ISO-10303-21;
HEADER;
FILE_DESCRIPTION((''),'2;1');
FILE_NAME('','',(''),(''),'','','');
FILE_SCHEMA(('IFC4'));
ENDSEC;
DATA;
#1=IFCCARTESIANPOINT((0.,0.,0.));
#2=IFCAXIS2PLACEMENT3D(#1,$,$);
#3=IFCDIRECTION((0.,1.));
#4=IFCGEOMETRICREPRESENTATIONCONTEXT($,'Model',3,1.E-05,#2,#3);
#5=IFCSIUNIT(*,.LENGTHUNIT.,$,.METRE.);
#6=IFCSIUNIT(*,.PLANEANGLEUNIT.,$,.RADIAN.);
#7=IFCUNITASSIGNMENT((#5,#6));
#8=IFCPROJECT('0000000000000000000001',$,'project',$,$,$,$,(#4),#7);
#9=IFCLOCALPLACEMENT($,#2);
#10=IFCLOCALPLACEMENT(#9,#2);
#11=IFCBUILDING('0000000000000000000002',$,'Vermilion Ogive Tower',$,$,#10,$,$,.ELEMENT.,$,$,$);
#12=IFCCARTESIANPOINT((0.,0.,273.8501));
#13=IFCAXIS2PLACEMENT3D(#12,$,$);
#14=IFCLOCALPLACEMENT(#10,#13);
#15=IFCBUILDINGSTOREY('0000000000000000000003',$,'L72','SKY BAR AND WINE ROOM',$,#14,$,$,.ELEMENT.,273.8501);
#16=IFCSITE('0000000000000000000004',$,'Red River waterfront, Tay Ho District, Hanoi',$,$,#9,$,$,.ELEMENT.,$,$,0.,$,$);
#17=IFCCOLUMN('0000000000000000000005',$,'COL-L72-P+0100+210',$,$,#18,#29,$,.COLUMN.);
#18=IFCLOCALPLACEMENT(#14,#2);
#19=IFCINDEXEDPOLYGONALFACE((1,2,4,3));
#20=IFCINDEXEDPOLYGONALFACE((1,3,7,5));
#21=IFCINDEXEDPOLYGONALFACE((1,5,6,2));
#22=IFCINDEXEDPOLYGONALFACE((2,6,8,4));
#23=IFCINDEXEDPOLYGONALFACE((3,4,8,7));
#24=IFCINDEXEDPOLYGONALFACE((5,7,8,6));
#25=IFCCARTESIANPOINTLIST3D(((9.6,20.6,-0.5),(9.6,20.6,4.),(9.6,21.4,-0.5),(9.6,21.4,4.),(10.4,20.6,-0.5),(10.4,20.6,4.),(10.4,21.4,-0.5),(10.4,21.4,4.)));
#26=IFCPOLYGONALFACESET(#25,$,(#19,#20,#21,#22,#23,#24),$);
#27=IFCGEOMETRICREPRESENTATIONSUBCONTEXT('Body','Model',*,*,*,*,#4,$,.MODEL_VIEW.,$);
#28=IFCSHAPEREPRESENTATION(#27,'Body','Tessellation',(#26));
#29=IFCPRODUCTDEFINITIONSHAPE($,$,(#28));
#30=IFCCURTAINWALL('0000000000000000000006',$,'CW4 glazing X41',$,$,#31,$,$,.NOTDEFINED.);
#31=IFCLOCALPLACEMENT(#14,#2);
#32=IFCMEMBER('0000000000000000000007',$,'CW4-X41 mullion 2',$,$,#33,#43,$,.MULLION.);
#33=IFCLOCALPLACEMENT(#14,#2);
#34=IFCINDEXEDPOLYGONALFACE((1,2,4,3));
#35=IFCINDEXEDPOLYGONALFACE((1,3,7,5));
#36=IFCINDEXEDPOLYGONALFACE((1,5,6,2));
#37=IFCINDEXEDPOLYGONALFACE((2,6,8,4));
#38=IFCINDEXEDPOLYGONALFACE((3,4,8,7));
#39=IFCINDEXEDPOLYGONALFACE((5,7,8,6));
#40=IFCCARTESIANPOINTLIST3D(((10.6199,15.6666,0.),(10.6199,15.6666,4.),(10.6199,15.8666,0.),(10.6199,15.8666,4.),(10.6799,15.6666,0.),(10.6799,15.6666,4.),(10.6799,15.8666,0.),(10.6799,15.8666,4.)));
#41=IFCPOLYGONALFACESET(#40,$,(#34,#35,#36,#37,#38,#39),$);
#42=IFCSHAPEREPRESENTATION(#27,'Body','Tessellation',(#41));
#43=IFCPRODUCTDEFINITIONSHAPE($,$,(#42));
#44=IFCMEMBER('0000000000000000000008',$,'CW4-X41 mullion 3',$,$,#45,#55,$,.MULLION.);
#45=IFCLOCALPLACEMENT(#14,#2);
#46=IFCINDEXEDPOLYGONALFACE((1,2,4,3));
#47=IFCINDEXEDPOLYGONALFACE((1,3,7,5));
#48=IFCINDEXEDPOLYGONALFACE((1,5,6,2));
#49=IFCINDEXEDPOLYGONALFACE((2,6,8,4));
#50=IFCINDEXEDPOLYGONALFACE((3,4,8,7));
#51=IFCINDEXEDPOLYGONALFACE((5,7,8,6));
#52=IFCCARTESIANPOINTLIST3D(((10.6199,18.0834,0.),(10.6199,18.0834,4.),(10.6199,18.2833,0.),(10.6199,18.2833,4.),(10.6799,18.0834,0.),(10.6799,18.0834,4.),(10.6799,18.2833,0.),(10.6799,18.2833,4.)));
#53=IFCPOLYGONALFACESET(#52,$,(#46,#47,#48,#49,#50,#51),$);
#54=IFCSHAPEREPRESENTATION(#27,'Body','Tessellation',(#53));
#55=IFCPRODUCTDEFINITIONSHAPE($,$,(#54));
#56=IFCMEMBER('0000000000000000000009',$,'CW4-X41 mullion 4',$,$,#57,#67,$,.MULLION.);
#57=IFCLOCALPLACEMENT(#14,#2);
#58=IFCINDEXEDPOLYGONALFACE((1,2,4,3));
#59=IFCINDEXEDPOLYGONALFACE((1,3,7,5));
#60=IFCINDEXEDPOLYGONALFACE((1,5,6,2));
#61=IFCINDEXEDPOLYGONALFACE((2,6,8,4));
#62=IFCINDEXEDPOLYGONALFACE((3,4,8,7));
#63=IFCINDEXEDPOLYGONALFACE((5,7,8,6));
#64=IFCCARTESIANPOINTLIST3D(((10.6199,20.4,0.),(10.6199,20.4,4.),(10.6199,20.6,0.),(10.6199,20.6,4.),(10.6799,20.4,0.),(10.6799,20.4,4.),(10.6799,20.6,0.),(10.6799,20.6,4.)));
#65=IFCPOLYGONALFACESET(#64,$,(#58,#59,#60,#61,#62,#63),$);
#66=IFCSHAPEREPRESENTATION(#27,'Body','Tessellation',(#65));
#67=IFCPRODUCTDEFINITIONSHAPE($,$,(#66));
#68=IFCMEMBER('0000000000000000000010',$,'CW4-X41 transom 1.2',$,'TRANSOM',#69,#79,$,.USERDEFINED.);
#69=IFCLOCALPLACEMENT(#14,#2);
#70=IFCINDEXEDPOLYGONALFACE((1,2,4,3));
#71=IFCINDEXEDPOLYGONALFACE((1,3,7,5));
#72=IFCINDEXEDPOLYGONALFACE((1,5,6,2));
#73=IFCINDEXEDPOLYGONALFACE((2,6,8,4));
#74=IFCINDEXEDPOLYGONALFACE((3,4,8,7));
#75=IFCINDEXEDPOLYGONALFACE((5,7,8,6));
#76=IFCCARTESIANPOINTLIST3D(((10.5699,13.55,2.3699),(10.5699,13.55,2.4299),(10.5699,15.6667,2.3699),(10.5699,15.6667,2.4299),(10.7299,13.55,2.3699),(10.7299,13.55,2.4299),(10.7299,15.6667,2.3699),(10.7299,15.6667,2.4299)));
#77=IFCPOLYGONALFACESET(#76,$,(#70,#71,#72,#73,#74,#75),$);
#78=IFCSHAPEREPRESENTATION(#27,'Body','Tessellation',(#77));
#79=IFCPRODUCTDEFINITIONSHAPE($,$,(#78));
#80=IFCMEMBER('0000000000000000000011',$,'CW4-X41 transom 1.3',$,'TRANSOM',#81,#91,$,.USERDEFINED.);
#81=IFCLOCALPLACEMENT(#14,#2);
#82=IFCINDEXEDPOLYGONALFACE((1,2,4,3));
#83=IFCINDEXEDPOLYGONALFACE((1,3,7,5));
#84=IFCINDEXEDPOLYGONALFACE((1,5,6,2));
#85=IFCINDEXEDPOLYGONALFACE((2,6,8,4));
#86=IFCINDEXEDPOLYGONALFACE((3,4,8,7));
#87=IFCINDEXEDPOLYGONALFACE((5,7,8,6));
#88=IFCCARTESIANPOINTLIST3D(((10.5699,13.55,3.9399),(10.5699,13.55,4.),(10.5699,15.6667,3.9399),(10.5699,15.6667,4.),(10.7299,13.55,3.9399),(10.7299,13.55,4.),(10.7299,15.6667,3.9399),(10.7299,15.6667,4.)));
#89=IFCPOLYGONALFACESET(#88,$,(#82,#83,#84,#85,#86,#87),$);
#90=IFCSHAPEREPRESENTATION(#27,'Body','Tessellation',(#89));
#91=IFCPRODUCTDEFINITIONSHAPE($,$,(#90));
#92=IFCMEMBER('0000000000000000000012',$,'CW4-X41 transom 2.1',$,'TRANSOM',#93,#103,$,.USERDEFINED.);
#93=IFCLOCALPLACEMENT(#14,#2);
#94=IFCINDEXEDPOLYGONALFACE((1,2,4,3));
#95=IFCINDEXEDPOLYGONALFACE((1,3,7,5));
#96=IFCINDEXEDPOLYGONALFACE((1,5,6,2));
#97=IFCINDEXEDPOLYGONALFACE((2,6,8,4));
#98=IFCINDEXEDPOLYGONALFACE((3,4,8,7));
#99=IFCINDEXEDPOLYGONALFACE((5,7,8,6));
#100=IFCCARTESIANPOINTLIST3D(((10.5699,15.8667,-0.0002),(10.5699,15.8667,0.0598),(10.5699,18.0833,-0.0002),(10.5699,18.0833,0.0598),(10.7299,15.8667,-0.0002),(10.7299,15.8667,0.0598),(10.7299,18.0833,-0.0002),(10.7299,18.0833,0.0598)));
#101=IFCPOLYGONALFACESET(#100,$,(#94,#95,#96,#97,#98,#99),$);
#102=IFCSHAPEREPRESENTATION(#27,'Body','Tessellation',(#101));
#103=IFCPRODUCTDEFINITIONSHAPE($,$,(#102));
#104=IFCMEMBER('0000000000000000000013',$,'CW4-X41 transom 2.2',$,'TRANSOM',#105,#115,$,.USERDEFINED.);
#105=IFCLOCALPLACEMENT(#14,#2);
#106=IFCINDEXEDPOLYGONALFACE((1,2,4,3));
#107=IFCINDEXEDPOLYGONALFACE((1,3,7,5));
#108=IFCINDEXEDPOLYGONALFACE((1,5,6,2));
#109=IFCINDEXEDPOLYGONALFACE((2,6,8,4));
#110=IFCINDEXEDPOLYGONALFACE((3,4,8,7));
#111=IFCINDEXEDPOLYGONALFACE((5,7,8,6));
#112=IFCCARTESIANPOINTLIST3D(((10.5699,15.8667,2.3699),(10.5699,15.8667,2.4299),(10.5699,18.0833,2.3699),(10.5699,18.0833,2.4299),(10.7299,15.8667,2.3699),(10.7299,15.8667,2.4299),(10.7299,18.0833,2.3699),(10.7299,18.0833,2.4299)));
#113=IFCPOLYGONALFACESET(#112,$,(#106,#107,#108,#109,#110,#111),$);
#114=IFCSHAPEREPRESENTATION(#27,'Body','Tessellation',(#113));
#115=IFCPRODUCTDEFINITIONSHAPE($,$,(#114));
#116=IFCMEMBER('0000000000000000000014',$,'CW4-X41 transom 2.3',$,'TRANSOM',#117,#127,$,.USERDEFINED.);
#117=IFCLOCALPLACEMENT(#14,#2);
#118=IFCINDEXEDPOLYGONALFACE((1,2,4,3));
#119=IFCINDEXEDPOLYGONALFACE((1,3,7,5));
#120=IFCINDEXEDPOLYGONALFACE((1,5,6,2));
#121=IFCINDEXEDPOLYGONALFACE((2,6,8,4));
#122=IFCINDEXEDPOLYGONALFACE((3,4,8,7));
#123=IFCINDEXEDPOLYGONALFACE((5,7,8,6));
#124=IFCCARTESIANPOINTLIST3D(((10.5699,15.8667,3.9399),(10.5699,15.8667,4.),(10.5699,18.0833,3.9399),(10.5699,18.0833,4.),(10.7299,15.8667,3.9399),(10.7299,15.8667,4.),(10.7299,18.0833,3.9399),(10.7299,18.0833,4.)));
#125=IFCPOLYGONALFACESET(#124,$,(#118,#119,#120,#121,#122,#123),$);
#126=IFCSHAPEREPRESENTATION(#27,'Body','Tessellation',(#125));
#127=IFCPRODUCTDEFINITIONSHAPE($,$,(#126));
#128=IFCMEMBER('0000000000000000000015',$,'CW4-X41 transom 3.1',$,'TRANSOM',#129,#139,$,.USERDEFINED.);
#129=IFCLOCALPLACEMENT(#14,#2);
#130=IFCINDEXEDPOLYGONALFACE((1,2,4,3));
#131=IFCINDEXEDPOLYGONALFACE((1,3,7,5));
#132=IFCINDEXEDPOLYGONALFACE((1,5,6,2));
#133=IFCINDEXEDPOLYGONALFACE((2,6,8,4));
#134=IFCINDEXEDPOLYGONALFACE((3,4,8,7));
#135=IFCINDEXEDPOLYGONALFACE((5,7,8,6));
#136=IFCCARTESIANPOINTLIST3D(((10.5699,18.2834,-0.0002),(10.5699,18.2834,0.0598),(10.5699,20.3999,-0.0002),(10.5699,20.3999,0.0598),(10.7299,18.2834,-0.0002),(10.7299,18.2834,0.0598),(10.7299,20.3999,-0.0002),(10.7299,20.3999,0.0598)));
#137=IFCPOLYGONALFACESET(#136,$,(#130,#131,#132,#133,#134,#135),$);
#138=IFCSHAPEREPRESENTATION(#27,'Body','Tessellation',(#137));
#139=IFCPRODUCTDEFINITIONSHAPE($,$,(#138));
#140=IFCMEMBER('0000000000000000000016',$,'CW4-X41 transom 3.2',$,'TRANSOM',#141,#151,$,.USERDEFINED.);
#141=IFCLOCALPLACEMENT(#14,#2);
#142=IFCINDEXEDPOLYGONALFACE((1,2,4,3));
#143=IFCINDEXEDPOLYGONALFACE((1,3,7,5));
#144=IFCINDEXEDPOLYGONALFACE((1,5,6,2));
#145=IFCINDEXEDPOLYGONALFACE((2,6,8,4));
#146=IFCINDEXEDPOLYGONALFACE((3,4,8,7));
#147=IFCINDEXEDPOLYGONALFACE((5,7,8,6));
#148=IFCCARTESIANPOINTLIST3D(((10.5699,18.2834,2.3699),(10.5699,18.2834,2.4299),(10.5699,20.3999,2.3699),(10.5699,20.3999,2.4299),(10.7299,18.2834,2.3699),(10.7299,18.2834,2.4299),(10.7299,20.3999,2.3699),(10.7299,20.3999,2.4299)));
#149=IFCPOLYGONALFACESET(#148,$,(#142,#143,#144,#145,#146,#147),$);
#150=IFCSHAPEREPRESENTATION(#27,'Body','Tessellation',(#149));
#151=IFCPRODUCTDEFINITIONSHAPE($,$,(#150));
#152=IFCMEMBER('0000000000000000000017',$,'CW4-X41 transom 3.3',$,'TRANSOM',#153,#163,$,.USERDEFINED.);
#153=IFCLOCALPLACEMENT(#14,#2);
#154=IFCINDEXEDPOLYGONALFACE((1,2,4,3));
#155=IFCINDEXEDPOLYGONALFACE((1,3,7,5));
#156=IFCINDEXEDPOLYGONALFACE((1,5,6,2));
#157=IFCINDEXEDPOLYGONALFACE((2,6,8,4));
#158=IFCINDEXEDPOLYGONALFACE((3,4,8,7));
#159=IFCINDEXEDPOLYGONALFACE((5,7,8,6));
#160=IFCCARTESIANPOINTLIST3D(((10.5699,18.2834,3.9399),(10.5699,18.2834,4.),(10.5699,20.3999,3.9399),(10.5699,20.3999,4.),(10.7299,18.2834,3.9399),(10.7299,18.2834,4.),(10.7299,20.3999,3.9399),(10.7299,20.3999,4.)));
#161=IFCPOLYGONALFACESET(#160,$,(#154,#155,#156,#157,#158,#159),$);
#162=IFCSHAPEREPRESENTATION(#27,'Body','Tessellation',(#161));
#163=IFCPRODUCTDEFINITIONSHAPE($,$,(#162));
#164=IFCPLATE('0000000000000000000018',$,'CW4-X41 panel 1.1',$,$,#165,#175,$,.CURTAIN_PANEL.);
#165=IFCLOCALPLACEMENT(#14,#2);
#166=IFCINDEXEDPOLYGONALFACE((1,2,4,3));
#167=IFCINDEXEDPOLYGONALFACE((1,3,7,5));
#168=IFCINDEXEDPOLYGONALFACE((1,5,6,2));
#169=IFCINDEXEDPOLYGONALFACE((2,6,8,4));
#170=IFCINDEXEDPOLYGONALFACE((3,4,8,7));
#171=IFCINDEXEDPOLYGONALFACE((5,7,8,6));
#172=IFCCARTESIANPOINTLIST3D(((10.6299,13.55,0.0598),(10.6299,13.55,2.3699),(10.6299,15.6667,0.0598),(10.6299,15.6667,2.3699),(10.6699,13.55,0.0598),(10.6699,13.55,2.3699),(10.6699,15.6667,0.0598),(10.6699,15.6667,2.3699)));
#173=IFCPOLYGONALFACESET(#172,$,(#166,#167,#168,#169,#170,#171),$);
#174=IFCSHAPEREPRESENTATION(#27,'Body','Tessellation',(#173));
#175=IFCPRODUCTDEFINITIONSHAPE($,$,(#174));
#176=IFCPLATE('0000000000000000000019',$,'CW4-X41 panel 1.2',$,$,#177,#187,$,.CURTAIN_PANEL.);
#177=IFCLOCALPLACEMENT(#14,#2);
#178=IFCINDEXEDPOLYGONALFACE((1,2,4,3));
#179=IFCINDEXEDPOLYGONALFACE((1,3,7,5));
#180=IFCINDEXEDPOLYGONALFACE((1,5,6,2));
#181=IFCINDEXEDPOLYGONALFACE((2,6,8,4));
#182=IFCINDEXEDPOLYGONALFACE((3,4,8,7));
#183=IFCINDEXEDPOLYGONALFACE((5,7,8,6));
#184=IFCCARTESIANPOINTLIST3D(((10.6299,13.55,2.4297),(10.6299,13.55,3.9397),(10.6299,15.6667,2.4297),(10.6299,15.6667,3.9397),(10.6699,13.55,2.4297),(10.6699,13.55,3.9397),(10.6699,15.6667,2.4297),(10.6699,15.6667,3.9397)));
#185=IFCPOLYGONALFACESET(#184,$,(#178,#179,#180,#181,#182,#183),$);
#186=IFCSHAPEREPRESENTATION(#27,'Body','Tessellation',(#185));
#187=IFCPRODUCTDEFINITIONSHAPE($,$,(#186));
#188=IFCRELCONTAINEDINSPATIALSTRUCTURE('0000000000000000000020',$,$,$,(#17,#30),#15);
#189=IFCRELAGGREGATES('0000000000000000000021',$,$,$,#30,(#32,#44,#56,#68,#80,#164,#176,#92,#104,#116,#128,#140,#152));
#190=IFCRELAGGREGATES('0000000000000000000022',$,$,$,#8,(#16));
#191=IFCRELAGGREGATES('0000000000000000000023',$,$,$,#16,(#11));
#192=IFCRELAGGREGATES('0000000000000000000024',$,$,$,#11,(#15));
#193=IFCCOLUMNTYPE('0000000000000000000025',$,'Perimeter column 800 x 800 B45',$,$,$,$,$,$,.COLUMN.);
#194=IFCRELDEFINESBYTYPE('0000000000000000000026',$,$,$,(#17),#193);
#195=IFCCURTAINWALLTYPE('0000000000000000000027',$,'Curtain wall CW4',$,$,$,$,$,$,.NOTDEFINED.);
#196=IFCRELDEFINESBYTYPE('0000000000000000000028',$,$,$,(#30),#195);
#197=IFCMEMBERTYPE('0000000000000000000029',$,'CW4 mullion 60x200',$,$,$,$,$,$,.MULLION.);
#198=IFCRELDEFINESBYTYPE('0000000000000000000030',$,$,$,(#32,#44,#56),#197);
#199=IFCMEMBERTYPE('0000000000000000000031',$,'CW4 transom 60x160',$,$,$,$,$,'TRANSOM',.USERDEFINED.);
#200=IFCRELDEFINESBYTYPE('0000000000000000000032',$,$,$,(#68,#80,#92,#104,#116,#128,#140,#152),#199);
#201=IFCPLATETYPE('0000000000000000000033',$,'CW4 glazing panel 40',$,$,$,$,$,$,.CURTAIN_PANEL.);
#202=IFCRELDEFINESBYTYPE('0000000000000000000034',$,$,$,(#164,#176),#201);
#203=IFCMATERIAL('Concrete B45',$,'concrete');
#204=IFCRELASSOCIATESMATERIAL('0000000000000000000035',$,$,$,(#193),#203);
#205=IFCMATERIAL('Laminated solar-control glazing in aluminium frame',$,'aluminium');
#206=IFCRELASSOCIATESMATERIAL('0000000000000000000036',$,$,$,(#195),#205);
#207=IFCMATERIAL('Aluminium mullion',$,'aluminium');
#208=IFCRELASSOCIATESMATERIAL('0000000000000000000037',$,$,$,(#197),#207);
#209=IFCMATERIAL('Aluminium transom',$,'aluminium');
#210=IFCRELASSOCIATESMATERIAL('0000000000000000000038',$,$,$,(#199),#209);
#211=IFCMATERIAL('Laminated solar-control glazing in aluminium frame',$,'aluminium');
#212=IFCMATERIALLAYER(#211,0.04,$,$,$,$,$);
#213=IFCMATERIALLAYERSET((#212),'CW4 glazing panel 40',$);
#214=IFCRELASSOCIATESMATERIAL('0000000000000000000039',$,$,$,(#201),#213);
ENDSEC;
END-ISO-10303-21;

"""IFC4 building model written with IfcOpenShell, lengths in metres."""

from ifc_helpers import new_model, si_unit, direction, frame, origin, origin_2d, place, context, subcontext, project, spatial, rectangle, extrude, material, layer, layer_set, material_profile, profile_set, type_object, element, aggregate, save


model = new_model("IFC4")

# Units and contexts
model_context = context("Model", 3, precision=1e-05, world=origin(), true_north=direction((0.0, 1.0)))
body_context = subcontext(model_context, "Body", "Model", "MODEL_VIEW")
ifc_project = project(units=[si_unit("LENGTHUNIT", "METRE"), si_unit("PLANEANGLEUNIT", "RADIAN")], contexts=[model_context])

# Site, building, storey
site_placement = place(None, origin())
site = spatial("IfcSite", under=ifc_project, at=site_placement, Name="Red River waterfront, Tay Ho District, Hanoi", CompositionType="ELEMENT", RefElevation=0.0)
building_placement = place(site_placement, origin())
building = spatial("IfcBuilding", under=site, at=building_placement, Name="Vermilion Ogive Tower", CompositionType="ELEMENT")
storey_placement = place(building_placement, frame((0.0, 0.0, 273.8501)))
storey = spatial("IfcBuildingStorey", under=building, at=storey_placement, Name="L72", Description="SKY BAR AND WINE ROOM", CompositionType="ELEMENT", Elevation=273.8501)

# Column
ifc_material_1 = material(Name="Concrete B45", Category="concrete")
ifc_material_profile_1 = material_profile(ifc_material_1, rectangle(XDim=0.8, YDim=0.8, at=origin_2d()), Name="800 x 800")
ifc_profile_set_1 = profile_set([ifc_material_profile_1], Name="Concrete B45")
column_type = type_object("IfcColumnType", Name="Perimeter column 800 x 800 B45", PredefinedType="COLUMN", material=ifc_profile_set_1)
column_placement = place(storey_placement, frame((10.0, 21.0, -0.5), z_axis=(0.0, 0.0, 1.0), x_axis=(1.0, 0.0, 0.0)))
element("IfcColumn", 1, at=column_placement, inside=storey, type_object=column_type, Name="COL-L72-P+0100+210", PredefinedType="COLUMN", context=body_context, shape_type="SweptSolid", body=[
    extrude(rectangle(XDim=0.8, YDim=0.8, at=origin_2d()), origin(), (0.0, 0.0, 1.0), 4.5),
])

# Curtain wall, members, plates
ifc_material_2 = material(Name="Laminated solar-control glazing in aluminium frame", Category="aluminium")
curtain_wall_type = type_object("IfcCurtainWallType", Name="Curtain wall CW4", PredefinedType="NOTDEFINED", material=ifc_material_2)
curtain_wall_placement = place(storey_placement, origin())
curtain_wall = element("IfcCurtainWall", 2, at=curtain_wall_placement, inside=storey, type_object=curtain_wall_type, Name="CW4 glazing X41", PredefinedType="NOTDEFINED")
ifc_material_3 = material(Name="Aluminium mullion", Category="aluminium")
ifc_material_profile_2 = material_profile(ifc_material_3, rectangle(XDim=0.0601, YDim=0.2, at=origin_2d()), Name="AL 60x200")
ifc_profile_set_2 = profile_set([ifc_material_profile_2], Name="Aluminium mullion")
member_type_1 = type_object("IfcMemberType", Name="CW4 mullion 60x200", PredefinedType="MULLION", material=ifc_profile_set_2)
member_1_placement = place(storey_placement, frame((10.6499, 15.7666, 0.0), z_axis=(0.0, 0.0, 1.0), x_axis=(-1.0, 0.0, 0.0)))
member_1 = element("IfcMember", 3, at=member_1_placement, type_object=member_type_1, Name="CW4-X41 mullion 2", PredefinedType="MULLION", context=body_context, shape_type="SweptSolid", body=[
    extrude(rectangle(XDim=0.0601, YDim=0.2, at=origin_2d()), origin(), (0.0, 0.0, 1.0), 4.0),
])
member_2_placement = place(storey_placement, frame((10.6499, 18.1833, 0.0), z_axis=(0.0, 0.0, 1.0), x_axis=(-1.0, 0.0, 0.0)))
member_2 = element("IfcMember", 4, at=member_2_placement, type_object=member_type_1, Name="CW4-X41 mullion 3", PredefinedType="MULLION", context=body_context, shape_type="SweptSolid", body=[
    extrude(rectangle(XDim=0.0601, YDim=0.2, at=origin_2d()), origin(), (0.0, 0.0, 1.0), 4.0),
])
member_3_placement = place(storey_placement, frame((10.6499, 20.5, 0.0), z_axis=(0.0, 0.0, 1.0), x_axis=(-1.0, 0.0, 0.0)))
member_3 = element("IfcMember", 5, at=member_3_placement, type_object=member_type_1, Name="CW4-X41 mullion 4", PredefinedType="MULLION", context=body_context, shape_type="SweptSolid", body=[
    extrude(rectangle(XDim=0.0601, YDim=0.2, at=origin_2d()), origin(), (0.0, 0.0, 1.0), 4.0),
])
ifc_material_4 = material(Name="Aluminium transom", Category="aluminium")
ifc_material_profile_3 = material_profile(ifc_material_4, rectangle(XDim=0.1599, YDim=0.0601, at=origin_2d()), Name="AL 60x160")
ifc_profile_set_3 = profile_set([ifc_material_profile_3], Name="Aluminium transom")
member_type_2 = type_object("IfcMemberType", Name="CW4 transom 60x160", ElementType="TRANSOM", PredefinedType="USERDEFINED", material=ifc_profile_set_3)
member_4_placement = place(storey_placement, frame((10.6499, 13.55, 2.3999), z_axis=(0.0, 1.0, 0.0), x_axis=(-1.0, 0.0, 0.0)))
member_4 = element("IfcMember", 6, at=member_4_placement, type_object=member_type_2, Name="CW4-X41 transom 1.2", ObjectType="TRANSOM", PredefinedType="USERDEFINED", context=body_context, shape_type="SweptSolid", body=[
    extrude(rectangle(XDim=0.1599, YDim=0.0601, at=origin_2d()), origin(), (0.0, 0.0, 1.0), 2.1167),
])
member_5_placement = place(storey_placement, frame((10.6499, 13.55, 3.97), z_axis=(0.0, 1.0, 0.0), x_axis=(-1.0, 0.0, 0.0)))
member_5 = element("IfcMember", 7, at=member_5_placement, type_object=member_type_2, Name="CW4-X41 transom 1.3", ObjectType="TRANSOM", PredefinedType="USERDEFINED", context=body_context, shape_type="SweptSolid", body=[
    extrude(rectangle(XDim=0.1599, YDim=0.0601, at=origin_2d()), origin(), (0.0, 0.0, 1.0), 2.1167),
])
member_6_placement = place(storey_placement, frame((10.6499, 15.8667, 0.0298), z_axis=(0.0, 1.0, 0.0), x_axis=(-1.0, 0.0, 0.0)))
member_6 = element("IfcMember", 8, at=member_6_placement, type_object=member_type_2, Name="CW4-X41 transom 2.1", ObjectType="TRANSOM", PredefinedType="USERDEFINED", context=body_context, shape_type="SweptSolid", body=[
    extrude(rectangle(XDim=0.1599, YDim=0.0601, at=origin_2d()), origin(), (0.0, 0.0, 1.0), 2.2166),
])
member_7_placement = place(storey_placement, frame((10.6499, 15.8667, 2.3999), z_axis=(0.0, 1.0, 0.0), x_axis=(-1.0, 0.0, 0.0)))
member_7 = element("IfcMember", 9, at=member_7_placement, type_object=member_type_2, Name="CW4-X41 transom 2.2", ObjectType="TRANSOM", PredefinedType="USERDEFINED", context=body_context, shape_type="SweptSolid", body=[
    extrude(rectangle(XDim=0.1599, YDim=0.0601, at=origin_2d()), origin(), (0.0, 0.0, 1.0), 2.2166),
])
member_8_placement = place(storey_placement, frame((10.6499, 15.8667, 3.97), z_axis=(0.0, 1.0, 0.0), x_axis=(-1.0, 0.0, 0.0)))
member_8 = element("IfcMember", 10, at=member_8_placement, type_object=member_type_2, Name="CW4-X41 transom 2.3", ObjectType="TRANSOM", PredefinedType="USERDEFINED", context=body_context, shape_type="SweptSolid", body=[
    extrude(rectangle(XDim=0.1599, YDim=0.0601, at=origin_2d()), origin(), (0.0, 0.0, 1.0), 2.2166),
])
member_9_placement = place(storey_placement, frame((10.6499, 18.2834, 0.0298), z_axis=(0.0, 1.0, 0.0), x_axis=(-1.0, 0.0, 0.0)))
member_9 = element("IfcMember", 11, at=member_9_placement, type_object=member_type_2, Name="CW4-X41 transom 3.1", ObjectType="TRANSOM", PredefinedType="USERDEFINED", context=body_context, shape_type="SweptSolid", body=[
    extrude(rectangle(XDim=0.1599, YDim=0.0601, at=origin_2d()), origin(), (0.0, 0.0, 1.0), 2.1165),
])
member_10_placement = place(storey_placement, frame((10.6499, 18.2834, 2.3999), z_axis=(0.0, 1.0, 0.0), x_axis=(-1.0, 0.0, 0.0)))
member_10 = element("IfcMember", 12, at=member_10_placement, type_object=member_type_2, Name="CW4-X41 transom 3.2", ObjectType="TRANSOM", PredefinedType="USERDEFINED", context=body_context, shape_type="SweptSolid", body=[
    extrude(rectangle(XDim=0.1599, YDim=0.0601, at=origin_2d()), origin(), (0.0, 0.0, 1.0), 2.1165),
])
member_11_placement = place(storey_placement, frame((10.6499, 18.2834, 3.97), z_axis=(0.0, 1.0, 0.0), x_axis=(-1.0, 0.0, 0.0)))
member_11 = element("IfcMember", 13, at=member_11_placement, type_object=member_type_2, Name="CW4-X41 transom 3.3", ObjectType="TRANSOM", PredefinedType="USERDEFINED", context=body_context, shape_type="SweptSolid", body=[
    extrude(rectangle(XDim=0.1599, YDim=0.0601, at=origin_2d()), origin(), (0.0, 0.0, 1.0), 2.1165),
])
ifc_material_5 = material(Name="Laminated solar-control glazing in aluminium frame", Category="aluminium")
ifc_layer_1 = layer(ifc_material_5, 0.04)
ifc_layer_set_1 = layer_set([ifc_layer_1], Name="CW4 glazing panel 40")
plate_type = type_object("IfcPlateType", Name="CW4 glazing panel 40", PredefinedType="CURTAIN_PANEL", material=ifc_layer_set_1)
plate_1_placement = place(storey_placement, frame((10.6499, 14.6084, 0.0598), z_axis=(0.0, 0.0, 1.0), x_axis=(0.0, 1.0, 0.0)))
plate_1 = element("IfcPlate", 14, at=plate_1_placement, type_object=plate_type, Name="CW4-X41 panel 1.1", PredefinedType="CURTAIN_PANEL", context=body_context, shape_type="SweptSolid", body=[
    extrude(rectangle(XDim=2.1167, YDim=0.04, at=origin_2d()), origin(), (0.0, 0.0, 1.0), 2.3101),
])
plate_2_placement = place(storey_placement, frame((10.6499, 14.6084, 2.4297), z_axis=(0.0, 0.0, 1.0), x_axis=(0.0, 1.0, 0.0)))
plate_2 = element("IfcPlate", 15, at=plate_2_placement, type_object=plate_type, Name="CW4-X41 panel 1.2", PredefinedType="CURTAIN_PANEL", context=body_context, shape_type="SweptSolid", body=[
    extrude(rectangle(XDim=2.1167, YDim=0.04, at=origin_2d()), origin(), (0.0, 0.0, 1.0), 1.51),
])
aggregate(curtain_wall, [member_1, member_2, member_3, member_4, member_5, plate_1, plate_2, member_6, member_7, member_8, member_9, member_10, member_11])

save(model, "model.ifc")
